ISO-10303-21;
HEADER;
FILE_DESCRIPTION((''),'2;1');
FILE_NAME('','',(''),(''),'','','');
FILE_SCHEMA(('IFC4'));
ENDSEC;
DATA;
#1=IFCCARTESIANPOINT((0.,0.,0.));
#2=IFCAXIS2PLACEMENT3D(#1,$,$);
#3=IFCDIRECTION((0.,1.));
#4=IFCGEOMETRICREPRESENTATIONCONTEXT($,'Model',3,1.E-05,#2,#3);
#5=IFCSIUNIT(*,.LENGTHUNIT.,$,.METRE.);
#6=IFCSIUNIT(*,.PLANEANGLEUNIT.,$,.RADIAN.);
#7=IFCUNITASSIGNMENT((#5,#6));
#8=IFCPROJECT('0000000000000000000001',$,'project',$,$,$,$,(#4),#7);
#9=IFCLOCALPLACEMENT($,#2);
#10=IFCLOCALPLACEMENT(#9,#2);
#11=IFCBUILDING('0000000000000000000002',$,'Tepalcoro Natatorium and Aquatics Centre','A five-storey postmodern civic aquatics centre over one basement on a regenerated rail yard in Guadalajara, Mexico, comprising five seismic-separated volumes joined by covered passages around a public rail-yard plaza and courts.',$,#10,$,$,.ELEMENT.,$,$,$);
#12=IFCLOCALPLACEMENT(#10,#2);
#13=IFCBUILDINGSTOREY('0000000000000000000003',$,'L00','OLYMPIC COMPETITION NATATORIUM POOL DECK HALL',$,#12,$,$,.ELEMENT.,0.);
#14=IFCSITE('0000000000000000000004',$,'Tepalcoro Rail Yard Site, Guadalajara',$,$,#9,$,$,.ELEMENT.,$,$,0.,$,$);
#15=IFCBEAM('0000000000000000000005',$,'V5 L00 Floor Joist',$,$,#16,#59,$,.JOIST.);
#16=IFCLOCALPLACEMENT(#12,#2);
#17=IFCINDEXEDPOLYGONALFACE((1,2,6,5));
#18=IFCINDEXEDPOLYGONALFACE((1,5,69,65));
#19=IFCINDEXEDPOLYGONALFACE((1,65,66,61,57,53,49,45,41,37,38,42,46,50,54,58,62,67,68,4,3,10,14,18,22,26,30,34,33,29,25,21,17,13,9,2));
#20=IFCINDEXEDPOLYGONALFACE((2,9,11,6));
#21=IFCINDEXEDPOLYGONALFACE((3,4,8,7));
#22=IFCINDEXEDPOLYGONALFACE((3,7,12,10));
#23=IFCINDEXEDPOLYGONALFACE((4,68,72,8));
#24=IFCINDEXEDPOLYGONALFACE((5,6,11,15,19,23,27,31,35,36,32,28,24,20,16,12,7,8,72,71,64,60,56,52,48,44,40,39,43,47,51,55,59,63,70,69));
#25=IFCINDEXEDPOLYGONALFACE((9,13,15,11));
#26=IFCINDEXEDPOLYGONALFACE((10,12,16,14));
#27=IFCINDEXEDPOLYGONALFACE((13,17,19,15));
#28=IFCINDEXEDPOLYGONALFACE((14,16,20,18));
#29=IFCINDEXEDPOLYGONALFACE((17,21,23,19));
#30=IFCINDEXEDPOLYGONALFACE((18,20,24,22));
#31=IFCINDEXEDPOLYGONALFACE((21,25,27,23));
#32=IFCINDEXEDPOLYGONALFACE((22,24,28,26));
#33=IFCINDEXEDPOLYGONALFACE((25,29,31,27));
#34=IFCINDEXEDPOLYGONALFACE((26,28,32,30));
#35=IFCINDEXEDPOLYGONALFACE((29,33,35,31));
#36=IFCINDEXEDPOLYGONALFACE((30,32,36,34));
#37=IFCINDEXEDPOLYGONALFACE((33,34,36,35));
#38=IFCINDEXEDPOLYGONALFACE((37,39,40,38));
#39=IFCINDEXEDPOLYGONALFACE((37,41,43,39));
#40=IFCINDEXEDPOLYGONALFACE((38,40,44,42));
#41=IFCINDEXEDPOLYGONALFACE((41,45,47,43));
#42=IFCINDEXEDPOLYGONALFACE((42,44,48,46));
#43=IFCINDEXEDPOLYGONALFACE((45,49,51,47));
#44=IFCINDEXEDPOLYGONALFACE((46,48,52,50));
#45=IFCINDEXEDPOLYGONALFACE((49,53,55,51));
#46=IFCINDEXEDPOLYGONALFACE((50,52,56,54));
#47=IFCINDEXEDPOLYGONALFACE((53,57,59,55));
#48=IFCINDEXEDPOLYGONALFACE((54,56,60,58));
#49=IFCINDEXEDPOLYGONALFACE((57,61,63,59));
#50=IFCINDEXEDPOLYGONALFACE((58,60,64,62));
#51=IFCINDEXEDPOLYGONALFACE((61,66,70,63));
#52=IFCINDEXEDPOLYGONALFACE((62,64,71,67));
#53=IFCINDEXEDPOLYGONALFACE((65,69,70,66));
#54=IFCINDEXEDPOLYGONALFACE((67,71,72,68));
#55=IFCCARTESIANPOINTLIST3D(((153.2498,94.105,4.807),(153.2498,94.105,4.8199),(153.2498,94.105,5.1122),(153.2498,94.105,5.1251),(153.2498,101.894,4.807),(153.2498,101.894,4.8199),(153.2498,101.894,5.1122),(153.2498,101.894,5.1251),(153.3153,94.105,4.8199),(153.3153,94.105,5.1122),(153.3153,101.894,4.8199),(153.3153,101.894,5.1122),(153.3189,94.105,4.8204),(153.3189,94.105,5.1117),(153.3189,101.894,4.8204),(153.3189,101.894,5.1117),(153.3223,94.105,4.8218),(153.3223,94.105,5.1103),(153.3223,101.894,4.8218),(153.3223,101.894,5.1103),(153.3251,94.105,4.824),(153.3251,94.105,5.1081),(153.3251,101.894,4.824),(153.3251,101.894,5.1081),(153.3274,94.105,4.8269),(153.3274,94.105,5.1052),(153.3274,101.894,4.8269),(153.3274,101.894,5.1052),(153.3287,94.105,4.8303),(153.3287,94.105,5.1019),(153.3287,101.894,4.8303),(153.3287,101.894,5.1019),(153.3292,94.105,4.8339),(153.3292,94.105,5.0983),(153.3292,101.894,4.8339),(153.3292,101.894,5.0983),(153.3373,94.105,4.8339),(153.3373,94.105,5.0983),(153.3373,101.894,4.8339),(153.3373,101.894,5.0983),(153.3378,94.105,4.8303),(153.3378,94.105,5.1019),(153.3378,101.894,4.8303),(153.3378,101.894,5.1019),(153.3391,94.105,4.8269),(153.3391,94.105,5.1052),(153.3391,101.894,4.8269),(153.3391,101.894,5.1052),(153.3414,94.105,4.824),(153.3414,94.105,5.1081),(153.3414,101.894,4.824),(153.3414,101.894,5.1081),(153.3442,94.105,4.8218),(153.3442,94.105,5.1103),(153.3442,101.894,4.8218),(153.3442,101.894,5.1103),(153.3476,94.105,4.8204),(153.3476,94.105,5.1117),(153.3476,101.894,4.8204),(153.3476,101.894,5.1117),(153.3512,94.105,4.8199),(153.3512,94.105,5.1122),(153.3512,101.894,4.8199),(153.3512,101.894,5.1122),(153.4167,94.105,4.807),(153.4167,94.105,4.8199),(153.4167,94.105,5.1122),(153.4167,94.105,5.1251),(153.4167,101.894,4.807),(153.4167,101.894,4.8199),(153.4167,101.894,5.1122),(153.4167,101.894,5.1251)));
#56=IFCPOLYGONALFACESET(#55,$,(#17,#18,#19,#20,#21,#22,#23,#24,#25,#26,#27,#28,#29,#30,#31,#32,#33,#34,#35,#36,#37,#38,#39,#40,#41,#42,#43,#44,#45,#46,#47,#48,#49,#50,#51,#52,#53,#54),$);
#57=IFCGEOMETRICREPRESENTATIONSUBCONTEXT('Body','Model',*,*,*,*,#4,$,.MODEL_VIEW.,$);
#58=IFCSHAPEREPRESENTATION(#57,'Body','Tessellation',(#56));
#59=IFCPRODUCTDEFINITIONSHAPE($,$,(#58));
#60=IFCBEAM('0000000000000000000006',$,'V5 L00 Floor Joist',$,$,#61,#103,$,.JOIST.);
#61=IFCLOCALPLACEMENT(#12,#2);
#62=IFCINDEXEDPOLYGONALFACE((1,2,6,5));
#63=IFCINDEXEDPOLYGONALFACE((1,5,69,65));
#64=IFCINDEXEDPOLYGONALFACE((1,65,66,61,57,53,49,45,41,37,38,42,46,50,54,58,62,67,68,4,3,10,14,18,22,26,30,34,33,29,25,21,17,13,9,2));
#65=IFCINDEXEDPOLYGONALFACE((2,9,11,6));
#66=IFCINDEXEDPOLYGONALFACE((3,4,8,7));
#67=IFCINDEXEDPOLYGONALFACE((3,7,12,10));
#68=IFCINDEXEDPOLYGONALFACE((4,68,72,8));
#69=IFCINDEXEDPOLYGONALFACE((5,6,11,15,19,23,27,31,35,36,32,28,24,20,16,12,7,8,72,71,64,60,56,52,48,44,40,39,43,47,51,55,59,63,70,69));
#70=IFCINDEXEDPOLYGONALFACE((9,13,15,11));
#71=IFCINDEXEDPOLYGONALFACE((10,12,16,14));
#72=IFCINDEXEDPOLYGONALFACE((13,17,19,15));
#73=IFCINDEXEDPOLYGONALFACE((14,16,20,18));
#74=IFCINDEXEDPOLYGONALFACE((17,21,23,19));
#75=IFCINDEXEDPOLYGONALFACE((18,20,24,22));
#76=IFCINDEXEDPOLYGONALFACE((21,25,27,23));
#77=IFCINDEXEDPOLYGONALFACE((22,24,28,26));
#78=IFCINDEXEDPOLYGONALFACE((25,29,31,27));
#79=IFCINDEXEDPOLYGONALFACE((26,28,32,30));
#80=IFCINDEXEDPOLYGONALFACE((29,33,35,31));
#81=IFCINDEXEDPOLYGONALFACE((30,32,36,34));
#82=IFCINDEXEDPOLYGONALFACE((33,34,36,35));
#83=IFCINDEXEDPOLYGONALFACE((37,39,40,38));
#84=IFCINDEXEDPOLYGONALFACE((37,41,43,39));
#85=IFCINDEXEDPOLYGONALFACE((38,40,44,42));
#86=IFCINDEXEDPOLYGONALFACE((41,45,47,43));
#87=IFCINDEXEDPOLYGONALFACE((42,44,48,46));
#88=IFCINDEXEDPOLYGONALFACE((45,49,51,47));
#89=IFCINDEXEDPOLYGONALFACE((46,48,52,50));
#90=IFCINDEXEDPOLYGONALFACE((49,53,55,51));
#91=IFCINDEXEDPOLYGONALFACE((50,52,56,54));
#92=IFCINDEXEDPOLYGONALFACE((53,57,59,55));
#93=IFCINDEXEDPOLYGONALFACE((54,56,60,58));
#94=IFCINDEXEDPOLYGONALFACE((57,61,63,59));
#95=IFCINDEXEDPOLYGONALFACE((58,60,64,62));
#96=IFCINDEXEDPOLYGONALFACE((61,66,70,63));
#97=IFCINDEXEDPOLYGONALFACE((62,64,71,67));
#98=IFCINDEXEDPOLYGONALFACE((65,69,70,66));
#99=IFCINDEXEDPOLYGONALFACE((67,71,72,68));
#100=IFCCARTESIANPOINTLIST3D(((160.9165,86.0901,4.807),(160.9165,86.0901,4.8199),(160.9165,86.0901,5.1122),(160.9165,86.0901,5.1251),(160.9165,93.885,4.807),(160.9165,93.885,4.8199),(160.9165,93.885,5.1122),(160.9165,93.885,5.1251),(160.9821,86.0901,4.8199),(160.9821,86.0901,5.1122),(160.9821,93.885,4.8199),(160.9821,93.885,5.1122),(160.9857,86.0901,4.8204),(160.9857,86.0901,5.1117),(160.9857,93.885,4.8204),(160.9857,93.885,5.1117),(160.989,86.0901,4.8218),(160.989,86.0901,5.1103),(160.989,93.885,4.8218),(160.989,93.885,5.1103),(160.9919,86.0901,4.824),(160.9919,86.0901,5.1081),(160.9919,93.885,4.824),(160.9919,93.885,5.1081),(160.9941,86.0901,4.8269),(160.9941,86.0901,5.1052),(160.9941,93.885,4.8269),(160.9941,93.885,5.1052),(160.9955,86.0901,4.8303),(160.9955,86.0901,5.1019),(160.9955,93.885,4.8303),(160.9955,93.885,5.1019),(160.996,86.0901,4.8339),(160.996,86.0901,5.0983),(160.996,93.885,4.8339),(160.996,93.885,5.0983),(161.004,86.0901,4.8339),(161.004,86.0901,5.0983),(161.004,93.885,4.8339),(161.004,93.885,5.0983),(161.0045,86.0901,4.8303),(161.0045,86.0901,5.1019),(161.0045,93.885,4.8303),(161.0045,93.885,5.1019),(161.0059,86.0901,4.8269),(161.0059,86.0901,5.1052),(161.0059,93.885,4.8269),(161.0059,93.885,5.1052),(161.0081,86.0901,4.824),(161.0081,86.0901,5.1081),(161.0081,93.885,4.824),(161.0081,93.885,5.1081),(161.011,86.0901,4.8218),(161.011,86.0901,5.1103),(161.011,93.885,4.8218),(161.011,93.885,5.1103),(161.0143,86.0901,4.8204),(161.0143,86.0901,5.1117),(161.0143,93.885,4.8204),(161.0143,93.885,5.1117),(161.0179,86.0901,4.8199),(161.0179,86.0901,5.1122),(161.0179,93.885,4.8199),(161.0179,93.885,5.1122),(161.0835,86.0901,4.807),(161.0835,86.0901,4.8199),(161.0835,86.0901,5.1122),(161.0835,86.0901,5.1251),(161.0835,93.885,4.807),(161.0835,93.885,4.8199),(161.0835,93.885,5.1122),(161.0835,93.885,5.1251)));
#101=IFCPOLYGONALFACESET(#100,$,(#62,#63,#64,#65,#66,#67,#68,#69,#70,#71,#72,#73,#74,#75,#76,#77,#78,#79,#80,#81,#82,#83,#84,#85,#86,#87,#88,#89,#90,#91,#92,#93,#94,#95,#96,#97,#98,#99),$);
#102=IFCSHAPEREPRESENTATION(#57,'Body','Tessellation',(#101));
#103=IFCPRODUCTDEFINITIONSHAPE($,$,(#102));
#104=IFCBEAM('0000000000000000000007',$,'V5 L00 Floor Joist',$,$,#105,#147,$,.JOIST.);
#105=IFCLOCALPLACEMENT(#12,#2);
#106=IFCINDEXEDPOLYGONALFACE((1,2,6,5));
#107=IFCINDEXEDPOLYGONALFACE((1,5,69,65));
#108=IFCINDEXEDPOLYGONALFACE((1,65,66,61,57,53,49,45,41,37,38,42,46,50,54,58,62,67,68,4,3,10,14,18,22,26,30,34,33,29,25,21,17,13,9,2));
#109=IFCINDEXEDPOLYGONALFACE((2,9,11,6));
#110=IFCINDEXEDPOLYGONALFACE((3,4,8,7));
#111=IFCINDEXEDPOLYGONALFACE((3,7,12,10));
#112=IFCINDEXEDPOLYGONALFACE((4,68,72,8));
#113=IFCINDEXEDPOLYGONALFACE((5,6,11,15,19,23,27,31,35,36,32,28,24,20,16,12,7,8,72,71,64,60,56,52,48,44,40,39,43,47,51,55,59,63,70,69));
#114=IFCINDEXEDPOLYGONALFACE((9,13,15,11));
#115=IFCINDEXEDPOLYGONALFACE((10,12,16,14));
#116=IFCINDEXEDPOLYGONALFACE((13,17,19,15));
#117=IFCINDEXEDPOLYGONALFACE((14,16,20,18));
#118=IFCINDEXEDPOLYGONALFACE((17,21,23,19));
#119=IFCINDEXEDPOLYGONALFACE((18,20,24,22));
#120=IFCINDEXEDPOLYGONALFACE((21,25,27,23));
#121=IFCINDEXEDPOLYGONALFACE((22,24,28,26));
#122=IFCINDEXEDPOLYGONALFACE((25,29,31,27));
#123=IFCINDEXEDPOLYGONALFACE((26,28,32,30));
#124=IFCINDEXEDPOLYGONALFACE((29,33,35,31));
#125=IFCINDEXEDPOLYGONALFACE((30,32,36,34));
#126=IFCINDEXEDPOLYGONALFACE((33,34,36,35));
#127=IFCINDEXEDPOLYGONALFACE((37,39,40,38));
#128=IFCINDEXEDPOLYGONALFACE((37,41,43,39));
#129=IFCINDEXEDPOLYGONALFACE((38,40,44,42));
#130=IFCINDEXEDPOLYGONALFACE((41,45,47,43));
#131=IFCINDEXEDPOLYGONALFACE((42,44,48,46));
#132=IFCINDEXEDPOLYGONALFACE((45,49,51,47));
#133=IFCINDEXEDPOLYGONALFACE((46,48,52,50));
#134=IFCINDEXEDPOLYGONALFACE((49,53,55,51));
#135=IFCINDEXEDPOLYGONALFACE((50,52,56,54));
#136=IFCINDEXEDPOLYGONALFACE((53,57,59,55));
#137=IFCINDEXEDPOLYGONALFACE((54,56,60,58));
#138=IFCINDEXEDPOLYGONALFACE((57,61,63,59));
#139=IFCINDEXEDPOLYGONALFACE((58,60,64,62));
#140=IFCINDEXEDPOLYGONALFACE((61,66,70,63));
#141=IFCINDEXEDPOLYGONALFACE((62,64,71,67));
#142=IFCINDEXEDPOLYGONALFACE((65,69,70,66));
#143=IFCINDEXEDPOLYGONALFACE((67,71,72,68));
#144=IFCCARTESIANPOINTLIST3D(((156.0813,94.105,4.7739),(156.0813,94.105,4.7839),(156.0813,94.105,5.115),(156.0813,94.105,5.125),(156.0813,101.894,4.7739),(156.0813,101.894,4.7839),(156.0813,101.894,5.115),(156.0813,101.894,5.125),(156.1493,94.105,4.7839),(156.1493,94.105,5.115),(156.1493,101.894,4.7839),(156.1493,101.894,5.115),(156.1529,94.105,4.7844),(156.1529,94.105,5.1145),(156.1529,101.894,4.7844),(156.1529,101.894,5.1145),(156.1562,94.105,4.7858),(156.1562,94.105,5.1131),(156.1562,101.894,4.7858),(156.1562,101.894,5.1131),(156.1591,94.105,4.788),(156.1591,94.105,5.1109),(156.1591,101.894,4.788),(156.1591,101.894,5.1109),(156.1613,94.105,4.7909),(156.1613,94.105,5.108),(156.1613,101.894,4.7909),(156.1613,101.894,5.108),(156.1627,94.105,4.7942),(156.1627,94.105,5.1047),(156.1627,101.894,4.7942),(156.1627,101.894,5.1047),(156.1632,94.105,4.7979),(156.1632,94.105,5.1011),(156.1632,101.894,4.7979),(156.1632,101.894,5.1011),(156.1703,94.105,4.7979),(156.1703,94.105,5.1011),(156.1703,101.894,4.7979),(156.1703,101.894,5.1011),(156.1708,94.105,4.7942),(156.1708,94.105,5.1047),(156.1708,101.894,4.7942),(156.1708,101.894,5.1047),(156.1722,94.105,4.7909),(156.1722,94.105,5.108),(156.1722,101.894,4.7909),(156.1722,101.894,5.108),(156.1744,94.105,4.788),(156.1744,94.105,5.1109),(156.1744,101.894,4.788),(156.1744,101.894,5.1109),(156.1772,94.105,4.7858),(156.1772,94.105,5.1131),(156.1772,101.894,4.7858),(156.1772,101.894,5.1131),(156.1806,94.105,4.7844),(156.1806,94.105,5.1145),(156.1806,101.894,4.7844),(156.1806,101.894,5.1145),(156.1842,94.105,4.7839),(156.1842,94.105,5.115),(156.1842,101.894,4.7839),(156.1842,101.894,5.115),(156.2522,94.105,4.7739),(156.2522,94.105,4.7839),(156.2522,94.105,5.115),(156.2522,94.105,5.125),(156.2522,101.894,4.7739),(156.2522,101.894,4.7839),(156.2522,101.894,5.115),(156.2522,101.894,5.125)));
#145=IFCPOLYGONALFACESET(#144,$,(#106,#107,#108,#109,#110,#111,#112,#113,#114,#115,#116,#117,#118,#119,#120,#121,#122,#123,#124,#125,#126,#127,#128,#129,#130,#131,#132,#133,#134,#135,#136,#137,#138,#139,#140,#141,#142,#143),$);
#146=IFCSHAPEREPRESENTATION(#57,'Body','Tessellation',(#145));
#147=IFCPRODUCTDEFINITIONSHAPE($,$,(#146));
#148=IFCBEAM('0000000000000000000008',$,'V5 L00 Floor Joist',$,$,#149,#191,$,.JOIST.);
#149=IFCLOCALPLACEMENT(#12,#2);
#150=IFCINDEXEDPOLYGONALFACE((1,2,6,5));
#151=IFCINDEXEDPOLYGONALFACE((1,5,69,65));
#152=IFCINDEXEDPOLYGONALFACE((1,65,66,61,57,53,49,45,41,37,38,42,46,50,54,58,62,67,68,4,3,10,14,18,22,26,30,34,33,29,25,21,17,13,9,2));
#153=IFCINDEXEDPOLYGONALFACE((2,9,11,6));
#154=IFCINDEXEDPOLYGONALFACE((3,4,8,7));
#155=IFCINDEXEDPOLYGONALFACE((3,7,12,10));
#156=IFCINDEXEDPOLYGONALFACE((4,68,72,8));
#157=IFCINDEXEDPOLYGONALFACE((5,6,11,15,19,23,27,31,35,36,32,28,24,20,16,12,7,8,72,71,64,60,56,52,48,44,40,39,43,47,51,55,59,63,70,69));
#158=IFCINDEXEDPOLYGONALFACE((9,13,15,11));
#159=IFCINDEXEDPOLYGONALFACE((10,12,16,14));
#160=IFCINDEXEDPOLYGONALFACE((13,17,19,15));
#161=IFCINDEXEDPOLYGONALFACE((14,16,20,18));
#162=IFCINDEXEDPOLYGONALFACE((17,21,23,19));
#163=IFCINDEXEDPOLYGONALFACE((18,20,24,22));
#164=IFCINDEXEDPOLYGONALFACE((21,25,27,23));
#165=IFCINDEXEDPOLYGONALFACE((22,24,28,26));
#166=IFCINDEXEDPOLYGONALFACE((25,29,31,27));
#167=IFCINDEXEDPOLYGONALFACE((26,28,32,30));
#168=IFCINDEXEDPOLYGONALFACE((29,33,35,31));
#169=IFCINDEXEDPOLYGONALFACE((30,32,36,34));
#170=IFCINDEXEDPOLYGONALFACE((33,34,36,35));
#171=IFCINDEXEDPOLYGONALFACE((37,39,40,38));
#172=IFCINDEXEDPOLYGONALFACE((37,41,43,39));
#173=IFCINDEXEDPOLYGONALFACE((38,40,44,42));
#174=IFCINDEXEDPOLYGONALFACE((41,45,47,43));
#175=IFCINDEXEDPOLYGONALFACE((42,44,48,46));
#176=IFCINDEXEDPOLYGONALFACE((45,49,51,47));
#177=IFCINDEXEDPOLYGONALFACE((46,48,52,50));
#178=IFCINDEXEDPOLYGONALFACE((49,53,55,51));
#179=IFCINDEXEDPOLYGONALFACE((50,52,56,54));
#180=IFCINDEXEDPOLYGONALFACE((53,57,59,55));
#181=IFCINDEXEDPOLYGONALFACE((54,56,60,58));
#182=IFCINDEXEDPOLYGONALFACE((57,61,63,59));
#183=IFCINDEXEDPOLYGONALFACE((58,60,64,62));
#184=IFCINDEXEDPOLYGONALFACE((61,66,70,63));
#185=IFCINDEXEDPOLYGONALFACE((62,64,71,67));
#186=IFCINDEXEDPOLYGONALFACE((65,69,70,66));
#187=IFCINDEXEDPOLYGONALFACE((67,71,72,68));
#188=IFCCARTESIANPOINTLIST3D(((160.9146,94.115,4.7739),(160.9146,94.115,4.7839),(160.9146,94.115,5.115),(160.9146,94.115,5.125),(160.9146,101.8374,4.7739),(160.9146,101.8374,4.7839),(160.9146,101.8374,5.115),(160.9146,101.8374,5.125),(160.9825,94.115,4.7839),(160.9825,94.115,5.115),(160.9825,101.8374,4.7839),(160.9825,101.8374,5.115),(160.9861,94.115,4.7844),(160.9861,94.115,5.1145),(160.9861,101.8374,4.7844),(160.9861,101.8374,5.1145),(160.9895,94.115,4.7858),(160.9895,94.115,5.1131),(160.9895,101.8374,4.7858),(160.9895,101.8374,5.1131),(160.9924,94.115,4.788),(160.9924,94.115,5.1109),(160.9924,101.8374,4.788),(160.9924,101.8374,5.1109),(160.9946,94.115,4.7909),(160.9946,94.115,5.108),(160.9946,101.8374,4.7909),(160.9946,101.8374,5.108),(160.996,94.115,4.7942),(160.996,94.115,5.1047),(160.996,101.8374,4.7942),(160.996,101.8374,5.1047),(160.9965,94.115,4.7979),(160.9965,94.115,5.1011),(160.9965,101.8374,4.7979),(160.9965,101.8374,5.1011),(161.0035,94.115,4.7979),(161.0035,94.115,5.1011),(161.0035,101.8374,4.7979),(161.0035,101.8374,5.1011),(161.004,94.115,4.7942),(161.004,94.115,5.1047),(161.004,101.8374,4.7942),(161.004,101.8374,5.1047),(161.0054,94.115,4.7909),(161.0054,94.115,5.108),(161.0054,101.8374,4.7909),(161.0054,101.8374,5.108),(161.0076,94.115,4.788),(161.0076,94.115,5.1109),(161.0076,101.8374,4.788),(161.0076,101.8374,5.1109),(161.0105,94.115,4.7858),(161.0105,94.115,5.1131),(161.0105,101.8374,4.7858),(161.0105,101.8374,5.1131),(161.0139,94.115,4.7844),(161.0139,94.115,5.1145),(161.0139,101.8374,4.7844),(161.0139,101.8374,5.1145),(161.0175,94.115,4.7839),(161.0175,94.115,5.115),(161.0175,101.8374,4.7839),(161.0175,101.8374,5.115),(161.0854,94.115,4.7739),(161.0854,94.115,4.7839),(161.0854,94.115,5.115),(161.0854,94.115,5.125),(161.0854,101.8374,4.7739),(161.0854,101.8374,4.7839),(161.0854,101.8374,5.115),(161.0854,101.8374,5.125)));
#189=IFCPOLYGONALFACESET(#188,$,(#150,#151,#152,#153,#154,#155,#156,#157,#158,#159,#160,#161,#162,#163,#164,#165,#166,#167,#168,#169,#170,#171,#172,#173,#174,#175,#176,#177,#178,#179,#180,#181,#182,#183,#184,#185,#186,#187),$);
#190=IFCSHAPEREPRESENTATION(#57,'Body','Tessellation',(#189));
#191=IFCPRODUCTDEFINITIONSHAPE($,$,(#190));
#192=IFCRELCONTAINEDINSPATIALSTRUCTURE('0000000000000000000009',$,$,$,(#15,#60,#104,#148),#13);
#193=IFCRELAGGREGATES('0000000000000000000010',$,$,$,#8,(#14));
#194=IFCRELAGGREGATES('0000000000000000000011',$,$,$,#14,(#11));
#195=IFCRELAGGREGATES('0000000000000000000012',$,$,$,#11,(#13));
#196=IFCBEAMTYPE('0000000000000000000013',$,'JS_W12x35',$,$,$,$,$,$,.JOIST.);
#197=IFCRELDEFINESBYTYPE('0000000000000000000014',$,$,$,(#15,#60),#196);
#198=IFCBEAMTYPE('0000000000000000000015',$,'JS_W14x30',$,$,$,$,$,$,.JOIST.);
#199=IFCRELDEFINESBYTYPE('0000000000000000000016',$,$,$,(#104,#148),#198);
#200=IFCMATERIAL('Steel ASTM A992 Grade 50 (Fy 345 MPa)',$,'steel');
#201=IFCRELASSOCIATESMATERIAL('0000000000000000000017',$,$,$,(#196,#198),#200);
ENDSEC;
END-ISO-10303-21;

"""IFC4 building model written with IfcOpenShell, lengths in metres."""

from ifc_helpers import new_model, si_unit, direction, frame, origin, origin_2d, place, context, subcontext, project, spatial, i_section, extrude, material, material_profile, profile_set, type_object, element, save


model = new_model("IFC4")

# Units and contexts
model_context = context("Model", 3, precision=1e-05, world=origin(), true_north=direction((0.0, 1.0)))
body_context = subcontext(model_context, "Body", "Model", "MODEL_VIEW")
ifc_project = project(units=[si_unit("LENGTHUNIT", "METRE"), si_unit("PLANEANGLEUNIT", "RADIAN")], contexts=[model_context])

# Site, building, storey
site_placement = place(None, origin())
site = spatial("IfcSite", under=ifc_project, at=site_placement, Name="Tepalcoro Rail Yard Site, Guadalajara", CompositionType="ELEMENT", RefElevation=0.0)
building_placement = place(site_placement, origin())
building = spatial("IfcBuilding", under=site, at=building_placement, Name="Tepalcoro Natatorium and Aquatics Centre", Description="A five-storey postmodern civic aquatics centre over one basement on a regenerated rail yard in Guadalajara, Mexico, comprising five seismic-separated volumes joined by covered passages around a public rail-yard plaza and courts.", CompositionType="ELEMENT")
storey_placement = place(building_placement, origin())
storey = spatial("IfcBuildingStorey", under=building, at=storey_placement, Name="L00", Description="OLYMPIC COMPETITION NATATORIUM POOL DECK HALL", CompositionType="ELEMENT", Elevation=0.0)

# Shared definitions
ifc_material_1 = material(Name="Steel ASTM A992 Grade 50 (Fy 345 MPa)", Category="steel")

# Beams
ifc_material_profile_1 = material_profile(ifc_material_1, i_section(OverallWidth=0.167, OverallDepth=0.3181, WebThickness=0.0081, FlangeThickness=0.0129, FilletRadius=0.0139, at=origin_2d()), Name="W12X35")
ifc_profile_set_1 = profile_set([ifc_material_profile_1], Name="Steel ASTM A992 Grade 50 (Fy 345 MPa)")
beam_type_1 = type_object("IfcBeamType", Name="JS_W12x35", PredefinedType="JOIST", material=ifc_profile_set_1)
beam_1_placement = place(storey_placement, frame((153.3333, 94.105, 4.9661), z_axis=(0.0, 1.0, 0.0), x_axis=(-1.0, 0.0, 0.0)))
element("IfcBeam", 1, at=beam_1_placement, inside=storey, type_object=beam_type_1, Name="V5 L00 Floor Joist", PredefinedType="JOIST", context=body_context, shape_type="SweptSolid", body=[
    extrude(i_section(OverallWidth=0.167, OverallDepth=0.3181, WebThickness=0.0081, FlangeThickness=0.0129, FilletRadius=0.0139, at=origin_2d()), origin(), (0.0, 0.0, 1.0), 7.7891),
])
beam_2_placement = place(storey_placement, frame((161.0, 86.0901, 4.9661), z_axis=(0.0, 1.0, 0.0), x_axis=(-1.0, 0.0, 0.0)))
element("IfcBeam", 2, at=beam_2_placement, inside=storey, type_object=beam_type_1, Name="V5 L00 Floor Joist", PredefinedType="JOIST", context=body_context, shape_type="SweptSolid", body=[
    extrude(i_section(OverallWidth=0.167, OverallDepth=0.3181, WebThickness=0.0081, FlangeThickness=0.0129, FilletRadius=0.0139, at=origin_2d()), origin(), (0.0, 0.0, 1.0), 7.7949),
])
ifc_material_profile_2 = material_profile(ifc_material_1, i_section(OverallWidth=0.1709, OverallDepth=0.3511, WebThickness=0.0071, FlangeThickness=0.01, FilletRadius=0.0139, at=origin_2d()), Name="W14X30")
ifc_profile_set_2 = profile_set([ifc_material_profile_2], Name="Steel ASTM A992 Grade 50 (Fy 345 MPa)")
beam_type_2 = type_object("IfcBeamType", Name="JS_W14x30", PredefinedType="JOIST", material=ifc_profile_set_2)
beam_3_placement = place(storey_placement, frame((156.1667, 94.105, 4.9495), z_axis=(0.0, 1.0, 0.0), x_axis=(-1.0, 0.0, 0.0)))
element("IfcBeam", 3, at=beam_3_placement, inside=storey, type_object=beam_type_2, Name="V5 L00 Floor Joist", PredefinedType="JOIST", context=body_context, shape_type="SweptSolid", body=[
    extrude(i_section(OverallWidth=0.1709, OverallDepth=0.3511, WebThickness=0.0071, FlangeThickness=0.01, FilletRadius=0.0139, at=origin_2d()), origin(), (0.0, 0.0, 1.0), 7.7891),
])
beam_4_placement = place(storey_placement, frame((161.0, 94.115, 4.9495), z_axis=(0.0, 1.0, 0.0), x_axis=(-1.0, 0.0, 0.0)))
element("IfcBeam", 4, at=beam_4_placement, inside=storey, type_object=beam_type_2, Name="V5 L00 Floor Joist", PredefinedType="JOIST", context=body_context, shape_type="SweptSolid", body=[
    extrude(i_section(OverallWidth=0.1709, OverallDepth=0.3511, WebThickness=0.0071, FlangeThickness=0.01, FilletRadius=0.0139, at=origin_2d()), origin(), (0.0, 0.0, 1.0), 7.7224),
])

save(model, "model.ifc")
